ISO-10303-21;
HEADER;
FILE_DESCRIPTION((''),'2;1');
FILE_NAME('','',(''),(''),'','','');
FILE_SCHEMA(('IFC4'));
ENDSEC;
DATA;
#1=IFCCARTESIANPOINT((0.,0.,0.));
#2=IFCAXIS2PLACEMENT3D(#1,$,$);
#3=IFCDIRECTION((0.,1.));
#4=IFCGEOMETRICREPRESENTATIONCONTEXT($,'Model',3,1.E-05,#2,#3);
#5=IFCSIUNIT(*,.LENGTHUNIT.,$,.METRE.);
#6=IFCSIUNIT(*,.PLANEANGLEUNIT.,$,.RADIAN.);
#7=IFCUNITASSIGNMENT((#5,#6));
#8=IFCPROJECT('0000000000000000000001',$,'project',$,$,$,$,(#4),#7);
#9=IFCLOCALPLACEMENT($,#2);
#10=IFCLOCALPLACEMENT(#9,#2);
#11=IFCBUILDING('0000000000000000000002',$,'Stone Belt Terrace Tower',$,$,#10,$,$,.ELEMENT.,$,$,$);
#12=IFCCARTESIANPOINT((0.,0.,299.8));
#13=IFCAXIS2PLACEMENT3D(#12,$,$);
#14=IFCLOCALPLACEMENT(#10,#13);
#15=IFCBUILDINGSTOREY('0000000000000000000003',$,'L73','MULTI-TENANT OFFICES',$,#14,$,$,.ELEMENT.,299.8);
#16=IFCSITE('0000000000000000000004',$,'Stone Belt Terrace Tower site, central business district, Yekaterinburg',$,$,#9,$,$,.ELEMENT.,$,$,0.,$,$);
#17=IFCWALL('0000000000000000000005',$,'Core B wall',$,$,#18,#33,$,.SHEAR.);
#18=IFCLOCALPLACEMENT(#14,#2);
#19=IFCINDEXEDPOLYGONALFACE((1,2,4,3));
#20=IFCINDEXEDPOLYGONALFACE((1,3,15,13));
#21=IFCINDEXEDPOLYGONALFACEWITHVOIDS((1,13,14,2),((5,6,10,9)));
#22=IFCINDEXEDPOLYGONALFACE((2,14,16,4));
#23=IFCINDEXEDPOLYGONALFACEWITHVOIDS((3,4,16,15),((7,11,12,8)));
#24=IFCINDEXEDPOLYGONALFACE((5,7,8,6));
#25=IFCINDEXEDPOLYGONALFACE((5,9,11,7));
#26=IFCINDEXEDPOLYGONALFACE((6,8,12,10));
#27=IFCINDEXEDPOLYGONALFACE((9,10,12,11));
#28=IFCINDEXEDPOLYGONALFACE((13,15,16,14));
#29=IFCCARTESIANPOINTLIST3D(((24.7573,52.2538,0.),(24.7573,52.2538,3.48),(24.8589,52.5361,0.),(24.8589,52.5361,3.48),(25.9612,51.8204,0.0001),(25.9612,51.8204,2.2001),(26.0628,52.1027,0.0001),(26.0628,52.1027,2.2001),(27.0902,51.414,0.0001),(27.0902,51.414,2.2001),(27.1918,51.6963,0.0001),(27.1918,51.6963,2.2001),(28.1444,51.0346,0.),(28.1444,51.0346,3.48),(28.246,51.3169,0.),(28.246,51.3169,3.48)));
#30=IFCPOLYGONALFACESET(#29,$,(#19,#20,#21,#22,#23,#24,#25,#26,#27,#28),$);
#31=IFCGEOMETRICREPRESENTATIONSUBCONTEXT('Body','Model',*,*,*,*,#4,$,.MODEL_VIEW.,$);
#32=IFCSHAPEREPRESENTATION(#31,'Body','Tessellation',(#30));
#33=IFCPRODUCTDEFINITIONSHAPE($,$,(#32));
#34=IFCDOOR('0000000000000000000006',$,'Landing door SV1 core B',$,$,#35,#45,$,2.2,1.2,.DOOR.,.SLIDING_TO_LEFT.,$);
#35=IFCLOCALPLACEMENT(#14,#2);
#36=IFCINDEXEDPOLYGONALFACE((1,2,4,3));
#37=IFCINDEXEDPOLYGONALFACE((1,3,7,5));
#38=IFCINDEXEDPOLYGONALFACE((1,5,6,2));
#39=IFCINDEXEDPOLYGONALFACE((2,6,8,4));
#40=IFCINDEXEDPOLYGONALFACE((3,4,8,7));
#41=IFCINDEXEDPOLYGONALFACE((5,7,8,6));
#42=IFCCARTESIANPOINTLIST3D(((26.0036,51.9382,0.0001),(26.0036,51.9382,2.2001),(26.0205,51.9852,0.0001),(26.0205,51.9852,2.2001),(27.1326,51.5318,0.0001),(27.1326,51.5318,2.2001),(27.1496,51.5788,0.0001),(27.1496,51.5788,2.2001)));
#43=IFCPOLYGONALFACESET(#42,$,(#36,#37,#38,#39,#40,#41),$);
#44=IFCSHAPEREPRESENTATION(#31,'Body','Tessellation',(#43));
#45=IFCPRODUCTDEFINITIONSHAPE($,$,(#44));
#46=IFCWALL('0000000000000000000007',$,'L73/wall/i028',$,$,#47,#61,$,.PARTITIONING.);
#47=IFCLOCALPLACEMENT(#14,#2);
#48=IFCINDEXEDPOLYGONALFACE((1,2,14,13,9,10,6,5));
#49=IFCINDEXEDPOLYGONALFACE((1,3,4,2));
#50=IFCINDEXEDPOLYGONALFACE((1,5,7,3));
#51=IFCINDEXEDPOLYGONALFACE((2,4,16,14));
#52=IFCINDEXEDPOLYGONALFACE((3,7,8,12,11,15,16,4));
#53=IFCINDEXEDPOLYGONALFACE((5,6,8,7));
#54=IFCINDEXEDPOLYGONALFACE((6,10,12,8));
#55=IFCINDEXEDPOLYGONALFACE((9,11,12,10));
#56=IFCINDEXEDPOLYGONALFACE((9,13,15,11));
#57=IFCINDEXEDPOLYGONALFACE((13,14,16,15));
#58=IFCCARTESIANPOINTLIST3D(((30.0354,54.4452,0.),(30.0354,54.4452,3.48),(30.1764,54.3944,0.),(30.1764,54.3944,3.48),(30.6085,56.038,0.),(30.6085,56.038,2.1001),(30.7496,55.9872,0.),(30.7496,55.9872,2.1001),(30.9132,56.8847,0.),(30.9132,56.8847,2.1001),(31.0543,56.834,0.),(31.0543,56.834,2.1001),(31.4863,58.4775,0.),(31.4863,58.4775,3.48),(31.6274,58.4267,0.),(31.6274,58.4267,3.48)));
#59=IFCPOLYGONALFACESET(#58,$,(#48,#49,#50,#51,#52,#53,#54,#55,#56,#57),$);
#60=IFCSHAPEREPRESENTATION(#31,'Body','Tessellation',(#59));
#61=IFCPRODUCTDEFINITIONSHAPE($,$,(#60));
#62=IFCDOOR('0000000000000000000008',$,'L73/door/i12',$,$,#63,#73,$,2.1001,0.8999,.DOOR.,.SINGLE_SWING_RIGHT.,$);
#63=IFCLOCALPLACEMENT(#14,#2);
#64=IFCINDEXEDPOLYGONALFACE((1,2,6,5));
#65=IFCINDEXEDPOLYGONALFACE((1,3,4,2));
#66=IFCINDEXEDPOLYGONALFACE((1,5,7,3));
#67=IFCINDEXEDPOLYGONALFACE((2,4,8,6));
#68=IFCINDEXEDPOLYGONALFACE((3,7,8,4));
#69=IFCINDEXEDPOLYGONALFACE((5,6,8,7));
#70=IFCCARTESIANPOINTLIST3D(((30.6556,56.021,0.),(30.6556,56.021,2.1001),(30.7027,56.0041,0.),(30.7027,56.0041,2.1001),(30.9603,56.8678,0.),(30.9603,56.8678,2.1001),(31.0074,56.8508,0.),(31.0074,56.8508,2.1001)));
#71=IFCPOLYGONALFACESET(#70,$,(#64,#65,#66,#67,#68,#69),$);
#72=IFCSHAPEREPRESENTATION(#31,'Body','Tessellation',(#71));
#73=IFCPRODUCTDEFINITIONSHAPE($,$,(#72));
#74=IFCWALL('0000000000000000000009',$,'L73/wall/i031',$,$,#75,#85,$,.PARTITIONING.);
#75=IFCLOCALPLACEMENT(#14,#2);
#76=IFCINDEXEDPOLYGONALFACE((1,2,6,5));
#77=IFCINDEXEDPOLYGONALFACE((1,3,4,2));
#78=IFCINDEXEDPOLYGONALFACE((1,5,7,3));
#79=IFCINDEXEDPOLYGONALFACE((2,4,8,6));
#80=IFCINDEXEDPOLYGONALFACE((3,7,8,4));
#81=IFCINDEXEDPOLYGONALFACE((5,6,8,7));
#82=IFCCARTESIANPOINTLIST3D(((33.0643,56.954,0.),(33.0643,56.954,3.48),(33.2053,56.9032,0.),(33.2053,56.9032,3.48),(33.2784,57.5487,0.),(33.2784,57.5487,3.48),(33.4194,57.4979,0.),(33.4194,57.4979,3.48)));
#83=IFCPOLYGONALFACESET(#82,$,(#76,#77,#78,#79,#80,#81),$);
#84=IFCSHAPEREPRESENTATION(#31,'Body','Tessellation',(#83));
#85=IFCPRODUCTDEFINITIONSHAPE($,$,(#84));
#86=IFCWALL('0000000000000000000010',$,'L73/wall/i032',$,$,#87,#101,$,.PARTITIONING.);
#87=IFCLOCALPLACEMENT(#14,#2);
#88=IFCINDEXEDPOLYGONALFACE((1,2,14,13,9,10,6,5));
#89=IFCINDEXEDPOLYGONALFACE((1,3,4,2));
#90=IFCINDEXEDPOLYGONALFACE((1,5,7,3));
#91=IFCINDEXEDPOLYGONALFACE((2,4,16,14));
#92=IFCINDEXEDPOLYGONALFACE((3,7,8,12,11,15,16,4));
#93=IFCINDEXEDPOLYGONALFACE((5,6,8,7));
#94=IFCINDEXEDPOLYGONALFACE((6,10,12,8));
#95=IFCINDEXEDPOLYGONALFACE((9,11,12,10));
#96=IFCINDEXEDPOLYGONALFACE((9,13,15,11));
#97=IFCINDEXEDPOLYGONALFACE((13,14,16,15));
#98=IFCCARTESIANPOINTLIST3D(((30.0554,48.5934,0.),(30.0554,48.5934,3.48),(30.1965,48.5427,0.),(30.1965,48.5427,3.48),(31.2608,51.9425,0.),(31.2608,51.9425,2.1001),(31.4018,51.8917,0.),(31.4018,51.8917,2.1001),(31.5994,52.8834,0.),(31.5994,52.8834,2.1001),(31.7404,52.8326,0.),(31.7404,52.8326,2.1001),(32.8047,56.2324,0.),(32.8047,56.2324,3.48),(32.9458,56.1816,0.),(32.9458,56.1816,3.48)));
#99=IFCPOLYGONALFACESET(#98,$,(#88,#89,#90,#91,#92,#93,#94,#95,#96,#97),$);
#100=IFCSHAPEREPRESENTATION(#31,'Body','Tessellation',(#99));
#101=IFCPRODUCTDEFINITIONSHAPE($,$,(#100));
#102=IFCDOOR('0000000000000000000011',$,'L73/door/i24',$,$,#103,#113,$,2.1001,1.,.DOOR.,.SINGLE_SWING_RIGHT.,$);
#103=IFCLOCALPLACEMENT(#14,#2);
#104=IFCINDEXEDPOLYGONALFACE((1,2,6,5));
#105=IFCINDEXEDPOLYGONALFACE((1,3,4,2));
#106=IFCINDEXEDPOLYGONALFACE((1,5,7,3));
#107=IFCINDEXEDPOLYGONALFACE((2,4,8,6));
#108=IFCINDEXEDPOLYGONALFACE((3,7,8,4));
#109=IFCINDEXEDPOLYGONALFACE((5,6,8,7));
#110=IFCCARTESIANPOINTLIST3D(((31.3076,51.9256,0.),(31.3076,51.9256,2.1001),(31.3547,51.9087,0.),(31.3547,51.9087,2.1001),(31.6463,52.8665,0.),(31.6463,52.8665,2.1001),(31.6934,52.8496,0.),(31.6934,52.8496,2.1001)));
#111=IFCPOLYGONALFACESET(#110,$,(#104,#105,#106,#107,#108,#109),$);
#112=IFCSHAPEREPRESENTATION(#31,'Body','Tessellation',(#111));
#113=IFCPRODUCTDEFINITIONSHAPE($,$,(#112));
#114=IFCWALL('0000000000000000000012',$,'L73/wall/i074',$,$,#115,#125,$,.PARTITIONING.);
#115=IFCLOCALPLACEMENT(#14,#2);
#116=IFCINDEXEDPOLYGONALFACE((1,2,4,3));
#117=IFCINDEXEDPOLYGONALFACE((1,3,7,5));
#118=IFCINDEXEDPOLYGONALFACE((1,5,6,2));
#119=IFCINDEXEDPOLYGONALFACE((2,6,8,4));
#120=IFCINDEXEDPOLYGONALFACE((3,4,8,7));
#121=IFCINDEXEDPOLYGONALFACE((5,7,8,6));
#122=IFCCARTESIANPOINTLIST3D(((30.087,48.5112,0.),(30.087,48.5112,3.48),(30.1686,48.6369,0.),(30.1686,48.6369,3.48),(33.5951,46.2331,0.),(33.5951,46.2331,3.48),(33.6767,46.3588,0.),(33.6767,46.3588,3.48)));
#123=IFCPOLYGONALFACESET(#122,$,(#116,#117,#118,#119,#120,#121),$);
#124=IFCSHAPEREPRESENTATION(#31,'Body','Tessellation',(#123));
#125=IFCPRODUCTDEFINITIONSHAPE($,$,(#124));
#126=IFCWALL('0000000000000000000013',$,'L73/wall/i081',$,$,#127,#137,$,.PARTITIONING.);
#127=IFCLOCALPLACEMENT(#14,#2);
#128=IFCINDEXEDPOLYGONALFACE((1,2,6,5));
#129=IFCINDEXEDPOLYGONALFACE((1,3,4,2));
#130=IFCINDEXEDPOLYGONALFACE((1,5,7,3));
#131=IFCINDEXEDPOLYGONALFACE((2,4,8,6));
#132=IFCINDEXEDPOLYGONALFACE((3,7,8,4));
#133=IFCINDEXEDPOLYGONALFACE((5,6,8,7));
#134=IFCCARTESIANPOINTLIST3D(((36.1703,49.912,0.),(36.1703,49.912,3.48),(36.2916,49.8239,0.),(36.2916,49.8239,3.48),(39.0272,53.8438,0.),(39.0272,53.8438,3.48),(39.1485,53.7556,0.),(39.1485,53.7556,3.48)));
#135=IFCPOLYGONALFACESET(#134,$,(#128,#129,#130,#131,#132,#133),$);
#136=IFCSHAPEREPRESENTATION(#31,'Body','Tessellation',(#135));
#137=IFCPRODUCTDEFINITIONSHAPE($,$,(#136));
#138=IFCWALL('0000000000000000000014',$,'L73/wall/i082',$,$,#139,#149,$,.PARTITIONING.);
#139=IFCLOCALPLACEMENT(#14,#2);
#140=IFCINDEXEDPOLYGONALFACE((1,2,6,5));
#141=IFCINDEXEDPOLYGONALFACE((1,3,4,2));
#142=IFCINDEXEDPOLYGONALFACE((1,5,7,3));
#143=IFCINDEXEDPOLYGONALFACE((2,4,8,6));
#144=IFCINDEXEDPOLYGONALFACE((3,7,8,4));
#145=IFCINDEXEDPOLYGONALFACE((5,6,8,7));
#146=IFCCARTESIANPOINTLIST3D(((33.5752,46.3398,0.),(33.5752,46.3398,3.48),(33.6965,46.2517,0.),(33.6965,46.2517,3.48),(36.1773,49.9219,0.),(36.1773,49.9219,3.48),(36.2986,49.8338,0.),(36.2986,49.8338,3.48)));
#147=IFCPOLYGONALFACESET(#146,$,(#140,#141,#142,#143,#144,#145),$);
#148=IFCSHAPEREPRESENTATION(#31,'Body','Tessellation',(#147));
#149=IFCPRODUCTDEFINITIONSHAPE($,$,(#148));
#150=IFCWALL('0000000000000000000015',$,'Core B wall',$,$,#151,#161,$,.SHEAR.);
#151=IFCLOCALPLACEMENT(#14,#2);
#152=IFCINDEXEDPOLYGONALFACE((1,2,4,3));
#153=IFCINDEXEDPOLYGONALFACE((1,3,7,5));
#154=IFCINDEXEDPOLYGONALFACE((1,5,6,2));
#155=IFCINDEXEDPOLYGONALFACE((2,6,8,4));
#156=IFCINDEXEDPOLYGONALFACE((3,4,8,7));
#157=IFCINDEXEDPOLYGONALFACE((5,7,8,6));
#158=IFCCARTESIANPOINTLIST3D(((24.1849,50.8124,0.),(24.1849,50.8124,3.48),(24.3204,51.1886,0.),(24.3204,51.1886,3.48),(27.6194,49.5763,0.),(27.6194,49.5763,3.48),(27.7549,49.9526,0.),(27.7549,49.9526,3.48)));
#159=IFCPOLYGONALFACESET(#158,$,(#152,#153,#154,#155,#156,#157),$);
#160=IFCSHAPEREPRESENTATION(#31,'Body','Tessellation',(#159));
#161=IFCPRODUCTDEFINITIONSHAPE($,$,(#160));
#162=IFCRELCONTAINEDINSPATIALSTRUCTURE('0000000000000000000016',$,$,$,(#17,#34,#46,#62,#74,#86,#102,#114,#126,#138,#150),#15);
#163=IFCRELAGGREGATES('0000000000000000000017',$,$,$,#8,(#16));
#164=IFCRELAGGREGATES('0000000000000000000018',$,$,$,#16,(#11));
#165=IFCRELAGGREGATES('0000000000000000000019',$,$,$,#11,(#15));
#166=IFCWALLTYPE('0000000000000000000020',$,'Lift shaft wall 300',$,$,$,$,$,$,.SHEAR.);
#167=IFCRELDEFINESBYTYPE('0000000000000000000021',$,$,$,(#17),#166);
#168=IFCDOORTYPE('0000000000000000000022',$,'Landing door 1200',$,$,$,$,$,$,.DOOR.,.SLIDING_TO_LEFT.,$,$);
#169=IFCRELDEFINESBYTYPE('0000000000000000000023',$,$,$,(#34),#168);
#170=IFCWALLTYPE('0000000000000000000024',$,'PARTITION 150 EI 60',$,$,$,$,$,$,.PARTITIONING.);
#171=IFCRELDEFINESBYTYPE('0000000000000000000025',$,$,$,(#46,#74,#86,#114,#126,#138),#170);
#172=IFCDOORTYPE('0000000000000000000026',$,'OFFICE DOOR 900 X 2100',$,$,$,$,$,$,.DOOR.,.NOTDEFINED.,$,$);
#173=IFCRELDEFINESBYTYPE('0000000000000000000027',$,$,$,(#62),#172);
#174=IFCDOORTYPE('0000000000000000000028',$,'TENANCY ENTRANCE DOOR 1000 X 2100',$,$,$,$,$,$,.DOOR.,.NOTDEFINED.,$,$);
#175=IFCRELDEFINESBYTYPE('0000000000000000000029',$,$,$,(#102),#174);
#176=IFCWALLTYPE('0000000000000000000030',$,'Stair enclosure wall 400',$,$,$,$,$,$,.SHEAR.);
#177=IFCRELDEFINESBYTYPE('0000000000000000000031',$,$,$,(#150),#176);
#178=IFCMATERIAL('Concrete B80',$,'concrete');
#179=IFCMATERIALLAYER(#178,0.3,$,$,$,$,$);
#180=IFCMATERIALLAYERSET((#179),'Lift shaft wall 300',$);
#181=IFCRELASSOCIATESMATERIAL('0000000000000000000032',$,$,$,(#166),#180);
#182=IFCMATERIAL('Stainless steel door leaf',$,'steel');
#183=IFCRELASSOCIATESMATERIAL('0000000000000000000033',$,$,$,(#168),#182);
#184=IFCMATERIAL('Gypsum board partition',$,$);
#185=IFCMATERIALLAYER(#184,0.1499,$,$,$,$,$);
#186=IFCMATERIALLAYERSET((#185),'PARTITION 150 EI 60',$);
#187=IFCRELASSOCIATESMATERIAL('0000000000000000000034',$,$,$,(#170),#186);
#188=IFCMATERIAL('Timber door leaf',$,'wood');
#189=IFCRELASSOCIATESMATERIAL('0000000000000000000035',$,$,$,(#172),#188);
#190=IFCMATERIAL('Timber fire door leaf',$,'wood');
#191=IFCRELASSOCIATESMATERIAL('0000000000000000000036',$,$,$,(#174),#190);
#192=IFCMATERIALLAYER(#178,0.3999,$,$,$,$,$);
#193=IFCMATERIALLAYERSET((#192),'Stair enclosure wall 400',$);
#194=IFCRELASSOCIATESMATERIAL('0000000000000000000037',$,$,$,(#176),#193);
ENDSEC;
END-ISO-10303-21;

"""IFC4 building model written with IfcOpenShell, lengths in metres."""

from ifc_helpers import new_model, si_unit, direction, frame, frame_2d, origin, place, context, subcontext, project, spatial, rectangle, extrude, material, layer, layer_set, type_object, element, fill, save


model = new_model("IFC4")

# Units and contexts
model_context = context("Model", 3, precision=1e-05, world=origin(), true_north=direction((0.0, 1.0)))
body_context = subcontext(model_context, "Body", "Model", "MODEL_VIEW")
ifc_project = project(units=[si_unit("LENGTHUNIT", "METRE"), si_unit("PLANEANGLEUNIT", "RADIAN")], contexts=[model_context])

# Site, building, storey
site_placement = place(None, origin())
site = spatial("IfcSite", under=ifc_project, at=site_placement, Name="Stone Belt Terrace Tower site, central business district, Yekaterinburg", CompositionType="ELEMENT", RefElevation=0.0)
building_placement = place(site_placement, origin())
building = spatial("IfcBuilding", under=site, at=building_placement, Name="Stone Belt Terrace Tower", CompositionType="ELEMENT")
storey_placement = place(building_placement, frame((0.0, 0.0, 299.8)))
storey = spatial("IfcBuildingStorey", under=building, at=storey_placement, Name="L73", Description="MULTI-TENANT OFFICES", CompositionType="ELEMENT", Elevation=299.8)

# Walls, openings, doors
ifc_material_1 = material(Name="Concrete B80", Category="concrete")
ifc_layer_1 = layer(ifc_material_1, 0.3)
ifc_layer_set_1 = layer_set([ifc_layer_1], Name="Lift shaft wall 300")
wall_type_1 = type_object("IfcWallType", Name="Lift shaft wall 300", PredefinedType="SHEAR", material=ifc_layer_set_1)
wall_1_placement = place(storey_placement, frame((28.1951, 51.1758, 0.0), z_axis=(0.0, 0.0, 1.0), x_axis=(-0.940901, 0.338681, 0.0)))
wall_1 = element("IfcWall", 1, at=wall_1_placement, inside=storey, type_object=wall_type_1, Name="Core B wall", PredefinedType="SHEAR", context=body_context, shape_type="SweptSolid", body=[
    extrude(rectangle(XDim=3.5999, YDim=0.3, at=frame_2d((1.7998, 0.0))), origin(), (0.0, 0.0, 1.0), 3.48),
])
opening_1_placement = place(wall_1_placement, frame((1.1201, 0.0, 0.0)))
opening_1 = element("IfcOpeningElement", 2, at=opening_1_placement, cuts=wall_1, PredefinedType="OPENING", context=body_context, shape_type="SweptSolid", body=[
    extrude(rectangle(XDim=1.2, YDim=2.2, at=frame_2d((0.6001, 1.1001))), frame((0.0, 0.1599, 0.0), z_axis=(0.0, -1.0, 0.0), x_axis=(1.0, 0.0, 0.0)), (0.0, 0.0, 1.0), 0.3201),
])
ifc_material_2 = material(Name="Stainless steel door leaf", Category="steel")
door_type_1 = type_object("IfcDoorType", Name="Landing door 1200", OperationType="SLIDING_TO_LEFT", PredefinedType="DOOR", material=ifc_material_2)
door_1_placement = place(opening_1_placement, origin())
door_1 = element("IfcDoor", 3, at=door_1_placement, inside=storey, type_object=door_type_1, Name="Landing door SV1 core B", OperationType="SLIDING_TO_LEFT", OverallHeight=2.2, OverallWidth=1.2, PredefinedType="DOOR", context=body_context, shape_type="SweptSolid", body=[
    extrude(rectangle(XDim=1.2, YDim=2.2, at=frame_2d((0.6001, 1.1001))), frame((0.0, 0.0249, 0.0), z_axis=(0.0, -1.0, 0.0), x_axis=(1.0, 0.0, 0.0)), (0.0, 0.0, 1.0), 0.05),
])
fill(opening_1, door_1)
ifc_material_3 = material(Name="Gypsum board partition")
ifc_layer_2 = layer(ifc_material_3, 0.1499)
ifc_layer_set_2 = layer_set([ifc_layer_2], Name="PARTITION 150 EI 60")
wall_type_2 = type_object("IfcWallType", Name="PARTITION 150 EI 60", PredefinedType="PARTITIONING", material=ifc_layer_set_2)
wall_2_placement = place(storey_placement, frame((30.106, 54.4199, 0.0), z_axis=(0.0, 0.0, 1.0), x_axis=(0.33858, 0.940938, 0.0)))
wall_2 = element("IfcWall", 4, at=wall_2_placement, inside=storey, type_object=wall_type_2, Name="L73/wall/i028", PredefinedType="PARTITIONING", context=body_context, shape_type="SweptSolid", body=[
    extrude(rectangle(XDim=4.2854, YDim=0.1499, at=frame_2d((2.1426, 0.0))), origin(), (0.0, 0.0, 1.0), 3.48),
])
opening_2_placement = place(wall_2_placement, frame((1.6926, 0.0, 0.0)))
opening_2 = element("IfcOpeningElement", 5, at=opening_2_placement, cuts=wall_2, PredefinedType="OPENING", context=body_context, shape_type="SweptSolid", body=[
    extrude(rectangle(XDim=0.8999, YDim=2.1001, at=frame_2d((0.45, 1.05))), frame((0.0, 0.085, 0.0), z_axis=(0.0, -1.0, 0.0), x_axis=(1.0, 0.0, 0.0)), (0.0, 0.0, 1.0), 0.1699),
])
ifc_material_4 = material(Name="Timber door leaf", Category="wood")
door_type_2 = type_object("IfcDoorType", Name="OFFICE DOOR 900 X 2100", OperationType="NOTDEFINED", PredefinedType="DOOR", material=ifc_material_4)
door_2_placement = place(opening_2_placement, origin())
door_2 = element("IfcDoor", 6, at=door_2_placement, inside=storey, type_object=door_type_2, Name="L73/door/i12", OperationType="SINGLE_SWING_RIGHT", OverallHeight=2.1001, OverallWidth=0.8999, PredefinedType="DOOR", context=body_context, shape_type="SweptSolid", body=[
    extrude(rectangle(XDim=0.8999, YDim=2.1001, at=frame_2d((0.45, 1.05))), frame((0.0, 0.0249, 0.0), z_axis=(0.0, -1.0, 0.0), x_axis=(1.0, 0.0, 0.0)), (0.0, 0.0, 1.0), 0.05),
])
fill(opening_2, door_2)

# Wall
wall_3_placement = place(storey_placement, frame((33.3489, 57.5232, 0.0), z_axis=(0.0, 0.0, 1.0), x_axis=(-0.338733, -0.940882, 0.0)))
element("IfcWall", 7, at=wall_3_placement, inside=storey, type_object=wall_type_2, Name="L73/wall/i031", PredefinedType="PARTITIONING", context=body_context, shape_type="SweptSolid", body=[
    extrude(rectangle(XDim=0.6321, YDim=0.1499, at=frame_2d((0.3159, 0.0))), origin(), (0.0, 0.0, 1.0), 3.48),
])

# Wall, opening, door
wall_4_placement = place(storey_placement, frame((32.8752, 56.207, 0.0), z_axis=(0.0, 0.0, 1.0), x_axis=(-0.338639, -0.940917, 0.0)))
wall_4 = element("IfcWall", 8, at=wall_4_placement, inside=storey, type_object=wall_type_2, Name="L73/wall/i032", PredefinedType="PARTITIONING", context=body_context, shape_type="SweptSolid", body=[
    extrude(rectangle(XDim=8.1187, YDim=0.1499, at=frame_2d((4.0593, 0.0))), origin(), (0.0, 0.0, 1.0), 3.48),
])
opening_3_placement = place(wall_4_placement, frame((3.5593, 0.0, 0.0)))
opening_3 = element("IfcOpeningElement", 9, at=opening_3_placement, cuts=wall_4, PredefinedType="OPENING", context=body_context, shape_type="SweptSolid", body=[
    extrude(rectangle(XDim=1.0, YDim=2.1001, at=frame_2d((0.5, 1.05))), frame((0.0, 0.085, 0.0), z_axis=(0.0, -1.0, 0.0), x_axis=(1.0, 0.0, 0.0)), (0.0, 0.0, 1.0), 0.1699),
])
ifc_material_5 = material(Name="Timber fire door leaf", Category="wood")
door_type_3 = type_object("IfcDoorType", Name="TENANCY ENTRANCE DOOR 1000 X 2100", OperationType="NOTDEFINED", PredefinedType="DOOR", material=ifc_material_5)
door_3_placement = place(opening_3_placement, origin())
door_3 = element("IfcDoor", 10, at=door_3_placement, inside=storey, type_object=door_type_3, Name="L73/door/i24", OperationType="SINGLE_SWING_RIGHT", OverallHeight=2.1001, OverallWidth=1.0, PredefinedType="DOOR", context=body_context, shape_type="SweptSolid", body=[
    extrude(rectangle(XDim=1.0, YDim=2.1001, at=frame_2d((0.5, 1.05))), frame((0.0, 0.0249, 0.0), z_axis=(0.0, -1.0, 0.0), x_axis=(1.0, 0.0, 0.0)), (0.0, 0.0, 1.0), 0.05),
])
fill(opening_3, door_3)

# Walls
wall_5_placement = place(storey_placement, frame((30.1279, 48.574, 0.0), z_axis=(0.0, 0.0, 1.0), x_axis=(0.83868, -0.544625, 0.0)))
element("IfcWall", 11, at=wall_5_placement, inside=storey, type_object=wall_type_2, Name="L73/wall/i074", PredefinedType="PARTITIONING", context=body_context, shape_type="SweptSolid", body=[
    extrude(rectangle(XDim=4.1829, YDim=0.1499, at=frame_2d((2.0913, 0.0))), origin(), (0.0, 0.0, 1.0), 3.48),
])
wall_6_placement = place(storey_placement, frame((39.0879, 53.7998, 0.0), z_axis=(0.0, 0.0, 1.0), x_axis=(-0.587819, -0.808992, 0.0)))
element("IfcWall", 12, at=wall_6_placement, inside=storey, type_object=wall_type_2, Name="L73/wall/i081", PredefinedType="PARTITIONING", context=body_context, shape_type="SweptSolid", body=[
    extrude(rectangle(XDim=4.8601, YDim=0.1499, at=frame_2d((2.4302, 0.0))), origin(), (0.0, 0.0, 1.0), 3.48),
])
wall_7_placement = place(storey_placement, frame((36.238, 49.8779, 0.0), z_axis=(0.0, 0.0, 1.0), x_axis=(-0.587719, -0.809065, 0.0)))
element("IfcWall", 13, at=wall_7_placement, inside=storey, type_object=wall_type_2, Name="L73/wall/i082", PredefinedType="PARTITIONING", context=body_context, shape_type="SweptSolid", body=[
    extrude(rectangle(XDim=4.4275, YDim=0.1499, at=frame_2d((2.2139, 0.0))), origin(), (0.0, 0.0, 1.0), 3.48),
])
ifc_layer_3 = layer(ifc_material_1, 0.3999)
ifc_layer_set_3 = layer_set([ifc_layer_3], Name="Stair enclosure wall 400")
wall_type_3 = type_object("IfcWallType", Name="Stair enclosure wall 400", PredefinedType="SHEAR", material=ifc_layer_set_3)
wall_8_placement = place(storey_placement, frame((27.6873, 49.7644, 0.0), z_axis=(0.0, 0.0, 1.0), x_axis=(-0.940919, 0.338632, 0.0)))
element("IfcWall", 14, at=wall_8_placement, inside=storey, type_object=wall_type_3, Name="Core B wall", PredefinedType="SHEAR", context=body_context, shape_type="SweptSolid", body=[
    extrude(rectangle(XDim=3.6501, YDim=0.3999, at=frame_2d((1.8252, 0.0))), origin(), (0.0, 0.0, 1.0), 3.48),
])

save(model, "model.ifc")
